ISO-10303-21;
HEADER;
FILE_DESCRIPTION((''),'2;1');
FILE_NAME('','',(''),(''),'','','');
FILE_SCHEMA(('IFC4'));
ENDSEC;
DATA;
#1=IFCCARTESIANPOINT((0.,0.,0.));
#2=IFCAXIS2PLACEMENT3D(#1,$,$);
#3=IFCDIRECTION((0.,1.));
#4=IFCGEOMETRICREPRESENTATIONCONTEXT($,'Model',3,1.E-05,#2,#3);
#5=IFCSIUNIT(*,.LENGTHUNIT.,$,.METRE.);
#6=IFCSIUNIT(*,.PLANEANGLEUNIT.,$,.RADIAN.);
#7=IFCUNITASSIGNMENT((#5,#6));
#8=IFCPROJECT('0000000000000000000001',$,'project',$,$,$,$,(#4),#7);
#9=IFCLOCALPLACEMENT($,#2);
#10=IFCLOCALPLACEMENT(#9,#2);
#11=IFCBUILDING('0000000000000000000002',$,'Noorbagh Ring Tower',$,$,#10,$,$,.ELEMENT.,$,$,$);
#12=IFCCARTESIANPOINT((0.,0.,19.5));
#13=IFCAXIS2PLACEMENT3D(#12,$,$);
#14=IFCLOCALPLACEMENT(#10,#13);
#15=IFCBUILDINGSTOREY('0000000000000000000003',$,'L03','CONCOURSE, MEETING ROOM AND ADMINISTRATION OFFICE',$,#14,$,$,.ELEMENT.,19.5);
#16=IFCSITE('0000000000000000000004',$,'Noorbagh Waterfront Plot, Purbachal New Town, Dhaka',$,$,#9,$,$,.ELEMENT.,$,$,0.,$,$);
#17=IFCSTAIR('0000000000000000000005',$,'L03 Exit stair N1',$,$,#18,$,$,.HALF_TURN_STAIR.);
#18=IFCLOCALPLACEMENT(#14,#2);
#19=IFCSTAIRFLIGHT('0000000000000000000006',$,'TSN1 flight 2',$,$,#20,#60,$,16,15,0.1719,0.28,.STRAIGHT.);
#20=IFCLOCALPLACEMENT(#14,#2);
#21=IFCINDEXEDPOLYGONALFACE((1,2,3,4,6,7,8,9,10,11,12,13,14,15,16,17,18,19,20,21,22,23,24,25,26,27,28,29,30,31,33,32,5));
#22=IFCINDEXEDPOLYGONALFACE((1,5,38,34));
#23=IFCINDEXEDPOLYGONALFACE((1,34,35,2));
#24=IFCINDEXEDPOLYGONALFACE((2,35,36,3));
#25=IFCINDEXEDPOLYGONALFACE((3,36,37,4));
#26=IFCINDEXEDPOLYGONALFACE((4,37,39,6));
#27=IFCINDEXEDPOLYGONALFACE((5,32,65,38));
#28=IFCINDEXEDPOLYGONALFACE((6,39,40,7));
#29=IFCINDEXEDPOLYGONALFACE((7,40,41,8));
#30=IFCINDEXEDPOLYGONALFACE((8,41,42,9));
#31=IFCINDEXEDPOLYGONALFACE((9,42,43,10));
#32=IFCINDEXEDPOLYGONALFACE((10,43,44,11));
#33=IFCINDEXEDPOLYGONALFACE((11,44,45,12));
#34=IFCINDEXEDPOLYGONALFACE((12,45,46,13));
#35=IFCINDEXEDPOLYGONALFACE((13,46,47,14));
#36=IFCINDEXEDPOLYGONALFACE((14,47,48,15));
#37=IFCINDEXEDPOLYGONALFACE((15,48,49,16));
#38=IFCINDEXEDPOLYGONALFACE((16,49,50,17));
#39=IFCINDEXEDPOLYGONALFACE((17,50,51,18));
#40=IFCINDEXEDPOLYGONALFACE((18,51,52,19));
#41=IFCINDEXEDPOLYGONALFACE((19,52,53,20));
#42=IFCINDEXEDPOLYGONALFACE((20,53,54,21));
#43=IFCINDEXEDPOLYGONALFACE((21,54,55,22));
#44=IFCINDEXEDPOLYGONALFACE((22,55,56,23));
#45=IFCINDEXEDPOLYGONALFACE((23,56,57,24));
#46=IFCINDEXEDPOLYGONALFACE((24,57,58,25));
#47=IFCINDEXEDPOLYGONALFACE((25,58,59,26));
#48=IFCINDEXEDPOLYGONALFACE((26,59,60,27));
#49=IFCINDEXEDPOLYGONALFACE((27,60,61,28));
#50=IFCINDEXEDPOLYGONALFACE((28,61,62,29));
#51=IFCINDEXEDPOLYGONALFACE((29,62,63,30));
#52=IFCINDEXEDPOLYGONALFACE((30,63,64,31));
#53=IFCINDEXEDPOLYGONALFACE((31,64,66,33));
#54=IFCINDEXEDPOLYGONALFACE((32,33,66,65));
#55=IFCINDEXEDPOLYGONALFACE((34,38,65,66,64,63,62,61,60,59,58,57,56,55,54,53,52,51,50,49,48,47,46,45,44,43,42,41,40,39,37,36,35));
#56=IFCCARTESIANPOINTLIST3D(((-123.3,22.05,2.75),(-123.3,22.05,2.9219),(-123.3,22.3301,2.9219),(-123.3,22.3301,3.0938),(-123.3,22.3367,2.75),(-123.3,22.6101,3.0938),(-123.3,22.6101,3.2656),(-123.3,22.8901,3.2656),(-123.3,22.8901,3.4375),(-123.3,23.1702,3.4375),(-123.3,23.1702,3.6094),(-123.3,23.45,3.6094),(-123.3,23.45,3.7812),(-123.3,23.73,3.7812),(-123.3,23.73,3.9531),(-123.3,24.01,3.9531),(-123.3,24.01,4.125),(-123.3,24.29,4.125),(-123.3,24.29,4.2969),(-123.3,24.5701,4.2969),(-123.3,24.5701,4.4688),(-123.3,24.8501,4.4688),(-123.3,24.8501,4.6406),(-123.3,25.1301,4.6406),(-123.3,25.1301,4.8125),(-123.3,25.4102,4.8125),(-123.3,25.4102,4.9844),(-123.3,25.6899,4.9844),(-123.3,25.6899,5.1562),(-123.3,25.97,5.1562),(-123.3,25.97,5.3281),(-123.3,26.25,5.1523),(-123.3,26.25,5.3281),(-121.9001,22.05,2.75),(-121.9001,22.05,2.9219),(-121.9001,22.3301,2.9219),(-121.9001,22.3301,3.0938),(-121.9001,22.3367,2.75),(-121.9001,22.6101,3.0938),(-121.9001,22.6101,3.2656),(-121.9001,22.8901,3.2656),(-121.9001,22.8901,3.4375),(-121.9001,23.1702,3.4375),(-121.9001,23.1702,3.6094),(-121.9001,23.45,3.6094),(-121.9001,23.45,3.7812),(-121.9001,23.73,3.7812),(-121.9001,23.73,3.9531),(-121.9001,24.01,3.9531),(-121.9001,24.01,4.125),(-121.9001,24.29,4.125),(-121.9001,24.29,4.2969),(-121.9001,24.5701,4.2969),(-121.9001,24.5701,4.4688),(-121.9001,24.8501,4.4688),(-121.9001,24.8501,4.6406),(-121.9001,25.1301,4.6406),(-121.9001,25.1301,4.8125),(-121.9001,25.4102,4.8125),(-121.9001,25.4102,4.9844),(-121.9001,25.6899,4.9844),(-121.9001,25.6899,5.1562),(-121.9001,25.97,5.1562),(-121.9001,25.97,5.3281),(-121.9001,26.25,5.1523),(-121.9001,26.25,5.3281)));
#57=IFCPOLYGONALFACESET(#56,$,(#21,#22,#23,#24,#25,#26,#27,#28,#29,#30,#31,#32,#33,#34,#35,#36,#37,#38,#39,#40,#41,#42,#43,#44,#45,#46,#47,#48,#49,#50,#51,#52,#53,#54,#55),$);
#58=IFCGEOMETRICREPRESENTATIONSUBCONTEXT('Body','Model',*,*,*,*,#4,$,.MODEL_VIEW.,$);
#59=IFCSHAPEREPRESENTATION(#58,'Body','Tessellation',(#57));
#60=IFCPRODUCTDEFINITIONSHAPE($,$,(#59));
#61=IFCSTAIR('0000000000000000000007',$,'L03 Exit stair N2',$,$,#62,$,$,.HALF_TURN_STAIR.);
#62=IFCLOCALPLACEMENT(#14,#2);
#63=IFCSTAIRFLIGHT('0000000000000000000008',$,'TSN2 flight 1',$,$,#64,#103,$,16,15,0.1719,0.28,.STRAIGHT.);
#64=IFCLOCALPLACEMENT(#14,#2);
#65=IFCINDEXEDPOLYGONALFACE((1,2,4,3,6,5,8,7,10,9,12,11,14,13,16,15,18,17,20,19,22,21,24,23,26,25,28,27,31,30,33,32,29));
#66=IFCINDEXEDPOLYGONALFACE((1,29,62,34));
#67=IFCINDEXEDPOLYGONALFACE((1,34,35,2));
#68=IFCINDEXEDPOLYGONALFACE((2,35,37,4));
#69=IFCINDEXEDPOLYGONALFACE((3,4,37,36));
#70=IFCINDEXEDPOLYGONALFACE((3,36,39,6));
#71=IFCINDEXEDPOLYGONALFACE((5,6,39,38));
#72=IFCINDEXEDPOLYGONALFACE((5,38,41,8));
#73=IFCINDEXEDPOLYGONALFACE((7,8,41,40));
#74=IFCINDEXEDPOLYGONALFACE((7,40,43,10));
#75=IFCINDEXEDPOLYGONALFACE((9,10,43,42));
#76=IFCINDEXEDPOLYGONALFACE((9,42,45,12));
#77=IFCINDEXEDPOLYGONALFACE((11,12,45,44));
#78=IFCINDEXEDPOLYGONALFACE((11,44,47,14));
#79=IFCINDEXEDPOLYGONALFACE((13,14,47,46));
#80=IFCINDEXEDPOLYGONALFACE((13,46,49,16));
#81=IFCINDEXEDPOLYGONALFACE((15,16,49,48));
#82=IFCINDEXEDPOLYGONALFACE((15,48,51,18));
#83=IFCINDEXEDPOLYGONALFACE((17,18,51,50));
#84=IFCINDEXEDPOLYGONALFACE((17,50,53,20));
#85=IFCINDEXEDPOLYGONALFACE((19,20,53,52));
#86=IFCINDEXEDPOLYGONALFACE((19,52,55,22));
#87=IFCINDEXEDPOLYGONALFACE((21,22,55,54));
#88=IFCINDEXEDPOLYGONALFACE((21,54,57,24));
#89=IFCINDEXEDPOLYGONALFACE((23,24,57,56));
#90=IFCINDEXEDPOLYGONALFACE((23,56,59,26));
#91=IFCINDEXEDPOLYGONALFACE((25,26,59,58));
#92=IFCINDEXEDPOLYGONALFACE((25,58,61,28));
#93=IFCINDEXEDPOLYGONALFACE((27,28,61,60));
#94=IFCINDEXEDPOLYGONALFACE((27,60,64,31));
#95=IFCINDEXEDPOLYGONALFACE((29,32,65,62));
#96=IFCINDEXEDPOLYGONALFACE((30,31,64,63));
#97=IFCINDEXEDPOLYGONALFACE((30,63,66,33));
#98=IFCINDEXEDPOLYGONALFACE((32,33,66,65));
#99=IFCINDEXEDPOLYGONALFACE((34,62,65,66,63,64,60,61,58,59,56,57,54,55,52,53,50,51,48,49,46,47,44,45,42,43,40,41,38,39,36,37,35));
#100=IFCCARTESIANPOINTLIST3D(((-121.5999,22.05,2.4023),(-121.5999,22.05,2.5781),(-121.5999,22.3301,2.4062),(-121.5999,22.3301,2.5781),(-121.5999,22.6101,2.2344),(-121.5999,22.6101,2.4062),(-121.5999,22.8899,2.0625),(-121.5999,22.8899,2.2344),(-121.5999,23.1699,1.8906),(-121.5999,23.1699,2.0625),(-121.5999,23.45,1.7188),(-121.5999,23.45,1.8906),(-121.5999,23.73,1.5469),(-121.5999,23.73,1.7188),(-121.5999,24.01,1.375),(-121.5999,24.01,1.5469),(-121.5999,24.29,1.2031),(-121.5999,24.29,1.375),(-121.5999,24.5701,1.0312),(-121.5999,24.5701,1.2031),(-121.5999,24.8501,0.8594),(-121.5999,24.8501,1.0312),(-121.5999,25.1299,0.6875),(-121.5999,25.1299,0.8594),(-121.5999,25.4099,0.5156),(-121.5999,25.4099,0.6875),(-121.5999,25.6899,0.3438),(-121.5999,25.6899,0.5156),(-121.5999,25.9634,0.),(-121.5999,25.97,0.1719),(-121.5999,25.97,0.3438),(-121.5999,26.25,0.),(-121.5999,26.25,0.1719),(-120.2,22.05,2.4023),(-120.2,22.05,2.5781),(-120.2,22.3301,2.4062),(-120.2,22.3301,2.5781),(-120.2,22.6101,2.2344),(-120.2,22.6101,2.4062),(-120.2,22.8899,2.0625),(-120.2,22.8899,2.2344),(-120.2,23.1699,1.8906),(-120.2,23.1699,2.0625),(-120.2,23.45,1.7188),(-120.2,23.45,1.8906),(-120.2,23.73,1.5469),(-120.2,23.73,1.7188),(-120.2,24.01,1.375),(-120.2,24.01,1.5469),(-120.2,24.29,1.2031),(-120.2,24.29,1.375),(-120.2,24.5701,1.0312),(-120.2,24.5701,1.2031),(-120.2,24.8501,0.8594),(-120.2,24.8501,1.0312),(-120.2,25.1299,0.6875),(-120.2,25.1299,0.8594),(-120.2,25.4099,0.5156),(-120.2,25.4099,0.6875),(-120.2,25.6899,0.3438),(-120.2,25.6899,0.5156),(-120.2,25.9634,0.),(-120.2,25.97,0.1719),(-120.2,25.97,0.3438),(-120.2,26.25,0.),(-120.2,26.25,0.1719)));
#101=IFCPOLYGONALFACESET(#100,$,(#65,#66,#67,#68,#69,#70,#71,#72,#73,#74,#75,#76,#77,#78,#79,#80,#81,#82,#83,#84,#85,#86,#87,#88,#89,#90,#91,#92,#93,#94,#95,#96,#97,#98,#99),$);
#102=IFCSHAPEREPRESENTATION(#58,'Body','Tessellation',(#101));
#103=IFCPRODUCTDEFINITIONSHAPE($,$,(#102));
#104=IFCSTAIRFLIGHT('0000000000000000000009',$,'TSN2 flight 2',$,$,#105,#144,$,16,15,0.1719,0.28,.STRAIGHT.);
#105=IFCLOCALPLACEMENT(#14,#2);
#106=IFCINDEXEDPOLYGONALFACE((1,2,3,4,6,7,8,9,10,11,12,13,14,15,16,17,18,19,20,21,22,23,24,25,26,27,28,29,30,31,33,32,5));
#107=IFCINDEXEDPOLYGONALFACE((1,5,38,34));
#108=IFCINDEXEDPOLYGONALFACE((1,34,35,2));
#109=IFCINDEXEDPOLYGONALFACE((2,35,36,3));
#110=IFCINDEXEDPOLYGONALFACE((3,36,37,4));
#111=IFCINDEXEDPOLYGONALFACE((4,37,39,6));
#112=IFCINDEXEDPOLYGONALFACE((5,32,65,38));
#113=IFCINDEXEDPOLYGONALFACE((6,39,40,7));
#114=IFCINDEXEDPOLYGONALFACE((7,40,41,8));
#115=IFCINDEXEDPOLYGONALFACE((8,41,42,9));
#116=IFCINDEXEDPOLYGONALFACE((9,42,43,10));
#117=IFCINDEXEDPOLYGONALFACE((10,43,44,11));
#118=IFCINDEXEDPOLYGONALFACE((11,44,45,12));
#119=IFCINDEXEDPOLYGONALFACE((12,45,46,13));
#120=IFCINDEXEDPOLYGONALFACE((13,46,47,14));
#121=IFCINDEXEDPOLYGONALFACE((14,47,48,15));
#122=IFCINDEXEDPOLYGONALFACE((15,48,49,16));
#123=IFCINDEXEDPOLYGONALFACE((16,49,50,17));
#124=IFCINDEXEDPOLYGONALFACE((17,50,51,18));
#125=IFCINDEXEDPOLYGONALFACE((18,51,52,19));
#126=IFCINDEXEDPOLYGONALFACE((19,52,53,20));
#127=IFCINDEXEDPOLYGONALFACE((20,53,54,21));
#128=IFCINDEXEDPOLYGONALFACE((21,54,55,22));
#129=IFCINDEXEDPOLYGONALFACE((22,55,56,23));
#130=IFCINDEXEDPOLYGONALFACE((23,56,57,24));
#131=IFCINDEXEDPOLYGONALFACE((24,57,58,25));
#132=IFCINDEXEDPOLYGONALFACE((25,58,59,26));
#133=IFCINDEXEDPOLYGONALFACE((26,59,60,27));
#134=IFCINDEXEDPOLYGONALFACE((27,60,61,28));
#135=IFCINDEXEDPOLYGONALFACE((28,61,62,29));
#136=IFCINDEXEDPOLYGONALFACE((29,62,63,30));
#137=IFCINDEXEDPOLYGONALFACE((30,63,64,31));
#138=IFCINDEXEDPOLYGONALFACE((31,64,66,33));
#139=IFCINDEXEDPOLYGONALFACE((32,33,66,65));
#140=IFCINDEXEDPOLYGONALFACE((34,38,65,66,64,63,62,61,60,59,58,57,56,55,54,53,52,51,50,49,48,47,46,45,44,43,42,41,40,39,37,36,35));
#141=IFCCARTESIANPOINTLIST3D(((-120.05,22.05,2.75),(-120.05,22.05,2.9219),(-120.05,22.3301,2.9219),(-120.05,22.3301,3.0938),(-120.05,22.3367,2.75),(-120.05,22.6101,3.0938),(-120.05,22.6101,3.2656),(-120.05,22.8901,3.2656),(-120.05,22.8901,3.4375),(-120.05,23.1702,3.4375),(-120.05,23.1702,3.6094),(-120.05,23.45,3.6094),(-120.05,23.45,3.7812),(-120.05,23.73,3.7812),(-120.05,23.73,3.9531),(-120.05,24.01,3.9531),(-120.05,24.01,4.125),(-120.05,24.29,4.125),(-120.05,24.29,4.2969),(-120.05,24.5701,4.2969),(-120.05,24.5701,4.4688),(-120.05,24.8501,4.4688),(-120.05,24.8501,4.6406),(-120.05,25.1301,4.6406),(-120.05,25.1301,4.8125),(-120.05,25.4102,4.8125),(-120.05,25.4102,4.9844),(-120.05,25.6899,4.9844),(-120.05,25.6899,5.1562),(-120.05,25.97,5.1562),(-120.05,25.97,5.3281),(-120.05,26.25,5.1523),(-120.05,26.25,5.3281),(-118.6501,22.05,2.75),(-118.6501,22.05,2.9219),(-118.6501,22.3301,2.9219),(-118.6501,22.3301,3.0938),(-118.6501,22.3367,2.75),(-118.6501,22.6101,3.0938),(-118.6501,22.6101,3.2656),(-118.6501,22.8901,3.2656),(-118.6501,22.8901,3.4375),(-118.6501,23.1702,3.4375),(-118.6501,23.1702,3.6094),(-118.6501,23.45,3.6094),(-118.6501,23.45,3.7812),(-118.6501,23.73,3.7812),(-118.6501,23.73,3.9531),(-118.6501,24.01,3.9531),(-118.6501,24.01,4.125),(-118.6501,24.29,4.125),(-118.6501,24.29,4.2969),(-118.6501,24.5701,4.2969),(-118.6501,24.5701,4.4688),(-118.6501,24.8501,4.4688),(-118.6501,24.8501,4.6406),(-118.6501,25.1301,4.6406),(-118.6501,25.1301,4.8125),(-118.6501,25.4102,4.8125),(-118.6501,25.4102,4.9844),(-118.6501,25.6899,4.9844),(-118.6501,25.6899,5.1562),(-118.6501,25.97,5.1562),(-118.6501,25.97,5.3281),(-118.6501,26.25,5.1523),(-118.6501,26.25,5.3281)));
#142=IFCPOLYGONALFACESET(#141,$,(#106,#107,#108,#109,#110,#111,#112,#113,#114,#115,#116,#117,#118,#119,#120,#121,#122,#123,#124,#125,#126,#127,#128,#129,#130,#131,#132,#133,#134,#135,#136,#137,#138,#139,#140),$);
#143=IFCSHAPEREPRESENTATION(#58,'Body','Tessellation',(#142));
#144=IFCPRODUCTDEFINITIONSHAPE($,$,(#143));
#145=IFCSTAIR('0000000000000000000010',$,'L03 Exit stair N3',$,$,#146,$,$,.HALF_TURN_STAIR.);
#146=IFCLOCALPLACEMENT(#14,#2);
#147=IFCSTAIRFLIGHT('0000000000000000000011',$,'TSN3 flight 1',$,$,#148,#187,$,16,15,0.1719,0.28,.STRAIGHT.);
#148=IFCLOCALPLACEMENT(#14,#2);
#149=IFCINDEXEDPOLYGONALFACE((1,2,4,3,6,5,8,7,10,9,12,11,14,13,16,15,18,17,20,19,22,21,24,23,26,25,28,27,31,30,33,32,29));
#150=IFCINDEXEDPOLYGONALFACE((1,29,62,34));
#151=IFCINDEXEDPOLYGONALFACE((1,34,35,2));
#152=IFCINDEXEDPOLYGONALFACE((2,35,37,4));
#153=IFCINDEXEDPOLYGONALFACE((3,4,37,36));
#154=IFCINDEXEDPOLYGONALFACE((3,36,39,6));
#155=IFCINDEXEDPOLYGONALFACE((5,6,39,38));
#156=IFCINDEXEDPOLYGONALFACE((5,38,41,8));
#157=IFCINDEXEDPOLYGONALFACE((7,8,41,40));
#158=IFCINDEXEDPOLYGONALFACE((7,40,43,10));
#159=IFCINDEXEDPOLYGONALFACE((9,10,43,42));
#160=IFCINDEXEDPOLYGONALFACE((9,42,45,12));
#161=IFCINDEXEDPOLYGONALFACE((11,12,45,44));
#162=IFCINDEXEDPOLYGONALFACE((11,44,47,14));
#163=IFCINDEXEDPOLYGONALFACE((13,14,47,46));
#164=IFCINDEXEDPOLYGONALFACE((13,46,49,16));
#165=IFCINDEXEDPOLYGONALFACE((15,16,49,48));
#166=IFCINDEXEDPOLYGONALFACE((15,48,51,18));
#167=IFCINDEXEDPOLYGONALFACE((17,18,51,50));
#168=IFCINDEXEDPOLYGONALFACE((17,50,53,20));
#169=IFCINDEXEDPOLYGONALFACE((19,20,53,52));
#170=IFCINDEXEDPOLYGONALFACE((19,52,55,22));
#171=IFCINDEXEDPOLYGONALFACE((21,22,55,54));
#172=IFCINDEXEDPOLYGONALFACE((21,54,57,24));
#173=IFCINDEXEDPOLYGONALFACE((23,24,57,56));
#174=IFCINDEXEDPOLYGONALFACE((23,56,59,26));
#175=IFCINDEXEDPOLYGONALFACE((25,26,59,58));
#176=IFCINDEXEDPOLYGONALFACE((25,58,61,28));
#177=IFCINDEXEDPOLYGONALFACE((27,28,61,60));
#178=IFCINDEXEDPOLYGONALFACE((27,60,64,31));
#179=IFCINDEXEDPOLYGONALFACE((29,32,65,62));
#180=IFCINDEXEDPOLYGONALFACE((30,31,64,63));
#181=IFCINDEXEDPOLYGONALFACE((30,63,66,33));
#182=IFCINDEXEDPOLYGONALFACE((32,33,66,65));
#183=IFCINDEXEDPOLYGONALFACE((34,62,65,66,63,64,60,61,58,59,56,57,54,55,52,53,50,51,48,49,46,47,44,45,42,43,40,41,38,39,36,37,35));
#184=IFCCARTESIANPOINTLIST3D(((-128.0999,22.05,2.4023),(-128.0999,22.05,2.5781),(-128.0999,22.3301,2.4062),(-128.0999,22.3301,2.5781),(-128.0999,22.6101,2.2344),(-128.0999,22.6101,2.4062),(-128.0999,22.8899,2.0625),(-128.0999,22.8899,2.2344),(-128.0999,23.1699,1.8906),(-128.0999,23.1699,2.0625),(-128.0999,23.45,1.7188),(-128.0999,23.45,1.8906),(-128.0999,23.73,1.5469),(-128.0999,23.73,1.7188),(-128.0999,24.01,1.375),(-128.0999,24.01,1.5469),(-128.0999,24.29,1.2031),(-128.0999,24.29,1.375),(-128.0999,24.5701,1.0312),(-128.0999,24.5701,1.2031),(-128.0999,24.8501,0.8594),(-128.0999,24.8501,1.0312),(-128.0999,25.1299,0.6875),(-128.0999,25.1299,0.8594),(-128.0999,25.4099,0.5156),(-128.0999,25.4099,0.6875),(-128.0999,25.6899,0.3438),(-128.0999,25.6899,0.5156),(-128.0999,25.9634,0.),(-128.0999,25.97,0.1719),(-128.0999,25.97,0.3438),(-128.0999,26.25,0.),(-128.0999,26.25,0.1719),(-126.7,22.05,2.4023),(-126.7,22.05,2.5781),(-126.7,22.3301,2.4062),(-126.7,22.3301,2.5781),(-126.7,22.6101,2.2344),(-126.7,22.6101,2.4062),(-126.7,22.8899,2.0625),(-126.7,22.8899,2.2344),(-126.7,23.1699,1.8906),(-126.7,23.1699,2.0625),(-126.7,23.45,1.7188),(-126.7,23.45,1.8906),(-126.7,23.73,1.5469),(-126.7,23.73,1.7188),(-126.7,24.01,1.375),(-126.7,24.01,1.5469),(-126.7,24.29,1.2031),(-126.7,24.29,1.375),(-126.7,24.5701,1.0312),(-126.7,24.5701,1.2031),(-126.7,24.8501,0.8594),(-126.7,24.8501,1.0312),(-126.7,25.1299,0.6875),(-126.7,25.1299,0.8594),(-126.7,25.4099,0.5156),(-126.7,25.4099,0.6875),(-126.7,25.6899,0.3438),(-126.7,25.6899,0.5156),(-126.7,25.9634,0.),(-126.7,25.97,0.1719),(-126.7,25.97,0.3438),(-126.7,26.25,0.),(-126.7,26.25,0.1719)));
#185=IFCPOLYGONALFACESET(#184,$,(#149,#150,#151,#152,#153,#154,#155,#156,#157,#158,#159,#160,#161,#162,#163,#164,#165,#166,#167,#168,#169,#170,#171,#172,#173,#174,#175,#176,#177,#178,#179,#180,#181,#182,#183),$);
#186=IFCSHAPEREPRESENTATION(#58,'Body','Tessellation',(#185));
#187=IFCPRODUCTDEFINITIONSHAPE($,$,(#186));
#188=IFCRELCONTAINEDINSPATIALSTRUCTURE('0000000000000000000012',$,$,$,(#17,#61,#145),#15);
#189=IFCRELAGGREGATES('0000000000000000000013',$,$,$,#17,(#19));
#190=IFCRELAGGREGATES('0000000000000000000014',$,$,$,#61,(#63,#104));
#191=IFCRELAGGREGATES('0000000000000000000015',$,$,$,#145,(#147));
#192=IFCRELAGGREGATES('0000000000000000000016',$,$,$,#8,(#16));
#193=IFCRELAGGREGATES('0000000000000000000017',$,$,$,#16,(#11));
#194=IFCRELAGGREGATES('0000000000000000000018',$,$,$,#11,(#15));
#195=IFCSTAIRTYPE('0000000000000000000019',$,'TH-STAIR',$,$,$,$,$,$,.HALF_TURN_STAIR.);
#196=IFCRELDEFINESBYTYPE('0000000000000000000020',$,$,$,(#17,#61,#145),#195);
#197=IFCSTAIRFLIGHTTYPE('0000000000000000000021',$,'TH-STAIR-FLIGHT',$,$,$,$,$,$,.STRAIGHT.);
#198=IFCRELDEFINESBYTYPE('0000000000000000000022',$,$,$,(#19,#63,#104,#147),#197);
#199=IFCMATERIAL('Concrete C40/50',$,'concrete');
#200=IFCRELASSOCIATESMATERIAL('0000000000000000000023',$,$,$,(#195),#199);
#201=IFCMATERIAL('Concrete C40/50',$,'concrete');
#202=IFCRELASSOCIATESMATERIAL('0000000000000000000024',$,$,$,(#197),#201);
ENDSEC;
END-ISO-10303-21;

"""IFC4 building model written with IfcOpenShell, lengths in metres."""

from ifc_helpers import new_model, si_unit, direction, frame, origin, place, context, subcontext, project, spatial, polyline, outline, extrude, material, type_object, element, aggregate, save


model = new_model("IFC4")

# Units and contexts
model_context = context("Model", 3, precision=1e-05, world=origin(), true_north=direction((0.0, 1.0)))
body_context = subcontext(model_context, "Body", "Model", "MODEL_VIEW")
ifc_project = project(units=[si_unit("LENGTHUNIT", "METRE"), si_unit("PLANEANGLEUNIT", "RADIAN")], contexts=[model_context])

# Site, building, storey
site_placement = place(None, origin())
site = spatial("IfcSite", under=ifc_project, at=site_placement, Name="Noorbagh Waterfront Plot, Purbachal New Town, Dhaka", CompositionType="ELEMENT", RefElevation=0.0)
building_placement = place(site_placement, origin())
building = spatial("IfcBuilding", under=site, at=building_placement, Name="Noorbagh Ring Tower", CompositionType="ELEMENT")
storey_placement = place(building_placement, frame((0.0, 0.0, 19.5)))
storey = spatial("IfcBuildingStorey", under=building, at=storey_placement, Name="L03", Description="CONCOURSE, MEETING ROOM AND ADMINISTRATION OFFICE", CompositionType="ELEMENT", Elevation=19.5)

# Stairs, stair flights
ifc_material_1 = material(Name="Concrete C40/50", Category="concrete")
stair_type = type_object("IfcStairType", Name="TH-STAIR", PredefinedType="HALF_TURN_STAIR", material=ifc_material_1)
stair_1_placement = place(storey_placement, origin())
stair_1 = element("IfcStair", 1, at=stair_1_placement, inside=storey, type_object=stair_type, Name="L03 Exit stair N1", PredefinedType="HALF_TURN_STAIR")
ifc_material_2 = material(Name="Concrete C40/50", Category="concrete")
stair_flight_type = type_object("IfcStairFlightType", Name="TH-STAIR-FLIGHT", PredefinedType="STRAIGHT", material=ifc_material_2)
stair_flight_1_placement = place(storey_placement, frame((-122.6001, 22.05, 2.75), z_axis=(0.0, 0.0, 1.0), x_axis=(0.0, 1.0, 0.0)))
stair_flight_1 = element("IfcStairFlight", 2, at=stair_flight_1_placement, type_object=stair_flight_type, Name="TSN1 flight 2", NumberOfRisers=16, NumberOfTreads=15, PredefinedType="STRAIGHT", RiserHeight=0.1719, TreadLength=0.28, context=body_context, shape_type="SweptSolid", body=[
    extrude(outline(polyline([(0.0, 0.0), (0.0, 0.1719), (0.28, 0.1719), (0.28, 0.3438), (0.5601, 0.3438), (0.5601, 0.5156), (0.8401, 0.5156), (0.8401, 0.6875), (1.1201, 0.6875), (1.1201, 0.8594), (1.3999, 0.8594), (1.3999, 1.0312), (1.6799, 1.0312), (1.6799, 1.2031), (1.96, 1.2031), (1.96, 1.375), (2.24, 1.375), (2.24, 1.5469), (2.52, 1.5469), (2.52, 1.7188), (2.8, 1.7188), (2.8, 1.8906), (3.0801, 1.8906), (3.0801, 2.0625), (3.3601, 2.0625), (3.3601, 2.2344), (3.6399, 2.2344), (3.6399, 2.4062), (3.9199, 2.4062), (3.9199, 2.5781), (4.2, 2.5781), (4.2, 2.75), (4.2, 2.4023), (0.2866, 0.0), (0.0, 0.0)])), frame((0.0, 0.7, 0.0), z_axis=(0.0, -1.0, 0.0), x_axis=(1.0, 0.0, 0.0)), (0.0, 0.0, 1.0), 1.3999),
])
aggregate(stair_1, [stair_flight_1])
stair_2_placement = place(storey_placement, origin())
stair_2 = element("IfcStair", 3, at=stair_2_placement, inside=storey, type_object=stair_type, Name="L03 Exit stair N2", PredefinedType="HALF_TURN_STAIR")
stair_flight_2_placement = place(storey_placement, frame((-120.8999, 26.25, 0.0), z_axis=(0.0, 0.0, 1.0), x_axis=(0.0, -1.0, 0.0)))
stair_flight_2 = element("IfcStairFlight", 4, at=stair_flight_2_placement, type_object=stair_flight_type, Name="TSN2 flight 1", NumberOfRisers=16, NumberOfTreads=15, PredefinedType="STRAIGHT", RiserHeight=0.1719, TreadLength=0.28, context=body_context, shape_type="SweptSolid", body=[
    extrude(outline(polyline([(0.0, 0.0), (0.0, 0.1719), (0.28, 0.1719), (0.28, 0.3438), (0.5601, 0.3438), (0.5601, 0.5156), (0.8401, 0.5156), (0.8401, 0.6875), (1.1201, 0.6875), (1.1201, 0.8594), (1.3999, 0.8594), (1.3999, 1.0312), (1.6799, 1.0312), (1.6799, 1.2031), (1.96, 1.2031), (1.96, 1.375), (2.24, 1.375), (2.24, 1.5469), (2.52, 1.5469), (2.52, 1.7188), (2.8, 1.7188), (2.8, 1.8906), (3.0801, 1.8906), (3.0801, 2.0625), (3.3601, 2.0625), (3.3601, 2.2344), (3.6399, 2.2344), (3.6399, 2.4062), (3.9199, 2.4062), (3.9199, 2.5781), (4.2, 2.5781), (4.2, 2.75), (4.2, 2.4023), (0.2866, 0.0), (0.0, 0.0)])), frame((0.0, 0.7, 0.0), z_axis=(0.0, -1.0, 0.0), x_axis=(1.0, 0.0, 0.0)), (0.0, 0.0, 1.0), 1.3999),
])
stair_flight_3_placement = place(storey_placement, frame((-119.3501, 22.05, 2.75), z_axis=(0.0, 0.0, 1.0), x_axis=(0.0, 1.0, 0.0)))
stair_flight_3 = element("IfcStairFlight", 5, at=stair_flight_3_placement, type_object=stair_flight_type, Name="TSN2 flight 2", NumberOfRisers=16, NumberOfTreads=15, PredefinedType="STRAIGHT", RiserHeight=0.1719, TreadLength=0.28, context=body_context, shape_type="SweptSolid", body=[
    extrude(outline(polyline([(0.0, 0.0), (0.0, 0.1719), (0.28, 0.1719), (0.28, 0.3438), (0.5601, 0.3438), (0.5601, 0.5156), (0.8401, 0.5156), (0.8401, 0.6875), (1.1201, 0.6875), (1.1201, 0.8594), (1.3999, 0.8594), (1.3999, 1.0312), (1.6799, 1.0312), (1.6799, 1.2031), (1.96, 1.2031), (1.96, 1.375), (2.24, 1.375), (2.24, 1.5469), (2.52, 1.5469), (2.52, 1.7188), (2.8, 1.7188), (2.8, 1.8906), (3.0801, 1.8906), (3.0801, 2.0625), (3.3601, 2.0625), (3.3601, 2.2344), (3.6399, 2.2344), (3.6399, 2.4062), (3.9199, 2.4062), (3.9199, 2.5781), (4.2, 2.5781), (4.2, 2.75), (4.2, 2.4023), (0.2866, 0.0), (0.0, 0.0)])), frame((0.0, 0.7, 0.0), z_axis=(0.0, -1.0, 0.0), x_axis=(1.0, 0.0, 0.0)), (0.0, 0.0, 1.0), 1.3999),
])
aggregate(stair_2, [stair_flight_2, stair_flight_3])
stair_3_placement = place(storey_placement, origin())
stair_3 = element("IfcStair", 6, at=stair_3_placement, inside=storey, type_object=stair_type, Name="L03 Exit stair N3", PredefinedType="HALF_TURN_STAIR")
stair_flight_4_placement = place(storey_placement, frame((-127.3999, 26.25, 0.0), z_axis=(0.0, 0.0, 1.0), x_axis=(0.0, -1.0, 0.0)))
stair_flight_4 = element("IfcStairFlight", 7, at=stair_flight_4_placement, type_object=stair_flight_type, Name="TSN3 flight 1", NumberOfRisers=16, NumberOfTreads=15, PredefinedType="STRAIGHT", RiserHeight=0.1719, TreadLength=0.28, context=body_context, shape_type="SweptSolid", body=[
    extrude(outline(polyline([(0.0, 0.0), (0.0, 0.1719), (0.28, 0.1719), (0.28, 0.3438), (0.5601, 0.3438), (0.5601, 0.5156), (0.8401, 0.5156), (0.8401, 0.6875), (1.1201, 0.6875), (1.1201, 0.8594), (1.3999, 0.8594), (1.3999, 1.0312), (1.6799, 1.0312), (1.6799, 1.2031), (1.96, 1.2031), (1.96, 1.375), (2.24, 1.375), (2.24, 1.5469), (2.52, 1.5469), (2.52, 1.7188), (2.8, 1.7188), (2.8, 1.8906), (3.0801, 1.8906), (3.0801, 2.0625), (3.3601, 2.0625), (3.3601, 2.2344), (3.6399, 2.2344), (3.6399, 2.4062), (3.9199, 2.4062), (3.9199, 2.5781), (4.2, 2.5781), (4.2, 2.75), (4.2, 2.4023), (0.2866, 0.0), (0.0, 0.0)])), frame((0.0, 0.7, 0.0), z_axis=(0.0, -1.0, 0.0), x_axis=(1.0, 0.0, 0.0)), (0.0, 0.0, 1.0), 1.3999),
])
aggregate(stair_3, [stair_flight_4])

save(model, "model.ifc")
